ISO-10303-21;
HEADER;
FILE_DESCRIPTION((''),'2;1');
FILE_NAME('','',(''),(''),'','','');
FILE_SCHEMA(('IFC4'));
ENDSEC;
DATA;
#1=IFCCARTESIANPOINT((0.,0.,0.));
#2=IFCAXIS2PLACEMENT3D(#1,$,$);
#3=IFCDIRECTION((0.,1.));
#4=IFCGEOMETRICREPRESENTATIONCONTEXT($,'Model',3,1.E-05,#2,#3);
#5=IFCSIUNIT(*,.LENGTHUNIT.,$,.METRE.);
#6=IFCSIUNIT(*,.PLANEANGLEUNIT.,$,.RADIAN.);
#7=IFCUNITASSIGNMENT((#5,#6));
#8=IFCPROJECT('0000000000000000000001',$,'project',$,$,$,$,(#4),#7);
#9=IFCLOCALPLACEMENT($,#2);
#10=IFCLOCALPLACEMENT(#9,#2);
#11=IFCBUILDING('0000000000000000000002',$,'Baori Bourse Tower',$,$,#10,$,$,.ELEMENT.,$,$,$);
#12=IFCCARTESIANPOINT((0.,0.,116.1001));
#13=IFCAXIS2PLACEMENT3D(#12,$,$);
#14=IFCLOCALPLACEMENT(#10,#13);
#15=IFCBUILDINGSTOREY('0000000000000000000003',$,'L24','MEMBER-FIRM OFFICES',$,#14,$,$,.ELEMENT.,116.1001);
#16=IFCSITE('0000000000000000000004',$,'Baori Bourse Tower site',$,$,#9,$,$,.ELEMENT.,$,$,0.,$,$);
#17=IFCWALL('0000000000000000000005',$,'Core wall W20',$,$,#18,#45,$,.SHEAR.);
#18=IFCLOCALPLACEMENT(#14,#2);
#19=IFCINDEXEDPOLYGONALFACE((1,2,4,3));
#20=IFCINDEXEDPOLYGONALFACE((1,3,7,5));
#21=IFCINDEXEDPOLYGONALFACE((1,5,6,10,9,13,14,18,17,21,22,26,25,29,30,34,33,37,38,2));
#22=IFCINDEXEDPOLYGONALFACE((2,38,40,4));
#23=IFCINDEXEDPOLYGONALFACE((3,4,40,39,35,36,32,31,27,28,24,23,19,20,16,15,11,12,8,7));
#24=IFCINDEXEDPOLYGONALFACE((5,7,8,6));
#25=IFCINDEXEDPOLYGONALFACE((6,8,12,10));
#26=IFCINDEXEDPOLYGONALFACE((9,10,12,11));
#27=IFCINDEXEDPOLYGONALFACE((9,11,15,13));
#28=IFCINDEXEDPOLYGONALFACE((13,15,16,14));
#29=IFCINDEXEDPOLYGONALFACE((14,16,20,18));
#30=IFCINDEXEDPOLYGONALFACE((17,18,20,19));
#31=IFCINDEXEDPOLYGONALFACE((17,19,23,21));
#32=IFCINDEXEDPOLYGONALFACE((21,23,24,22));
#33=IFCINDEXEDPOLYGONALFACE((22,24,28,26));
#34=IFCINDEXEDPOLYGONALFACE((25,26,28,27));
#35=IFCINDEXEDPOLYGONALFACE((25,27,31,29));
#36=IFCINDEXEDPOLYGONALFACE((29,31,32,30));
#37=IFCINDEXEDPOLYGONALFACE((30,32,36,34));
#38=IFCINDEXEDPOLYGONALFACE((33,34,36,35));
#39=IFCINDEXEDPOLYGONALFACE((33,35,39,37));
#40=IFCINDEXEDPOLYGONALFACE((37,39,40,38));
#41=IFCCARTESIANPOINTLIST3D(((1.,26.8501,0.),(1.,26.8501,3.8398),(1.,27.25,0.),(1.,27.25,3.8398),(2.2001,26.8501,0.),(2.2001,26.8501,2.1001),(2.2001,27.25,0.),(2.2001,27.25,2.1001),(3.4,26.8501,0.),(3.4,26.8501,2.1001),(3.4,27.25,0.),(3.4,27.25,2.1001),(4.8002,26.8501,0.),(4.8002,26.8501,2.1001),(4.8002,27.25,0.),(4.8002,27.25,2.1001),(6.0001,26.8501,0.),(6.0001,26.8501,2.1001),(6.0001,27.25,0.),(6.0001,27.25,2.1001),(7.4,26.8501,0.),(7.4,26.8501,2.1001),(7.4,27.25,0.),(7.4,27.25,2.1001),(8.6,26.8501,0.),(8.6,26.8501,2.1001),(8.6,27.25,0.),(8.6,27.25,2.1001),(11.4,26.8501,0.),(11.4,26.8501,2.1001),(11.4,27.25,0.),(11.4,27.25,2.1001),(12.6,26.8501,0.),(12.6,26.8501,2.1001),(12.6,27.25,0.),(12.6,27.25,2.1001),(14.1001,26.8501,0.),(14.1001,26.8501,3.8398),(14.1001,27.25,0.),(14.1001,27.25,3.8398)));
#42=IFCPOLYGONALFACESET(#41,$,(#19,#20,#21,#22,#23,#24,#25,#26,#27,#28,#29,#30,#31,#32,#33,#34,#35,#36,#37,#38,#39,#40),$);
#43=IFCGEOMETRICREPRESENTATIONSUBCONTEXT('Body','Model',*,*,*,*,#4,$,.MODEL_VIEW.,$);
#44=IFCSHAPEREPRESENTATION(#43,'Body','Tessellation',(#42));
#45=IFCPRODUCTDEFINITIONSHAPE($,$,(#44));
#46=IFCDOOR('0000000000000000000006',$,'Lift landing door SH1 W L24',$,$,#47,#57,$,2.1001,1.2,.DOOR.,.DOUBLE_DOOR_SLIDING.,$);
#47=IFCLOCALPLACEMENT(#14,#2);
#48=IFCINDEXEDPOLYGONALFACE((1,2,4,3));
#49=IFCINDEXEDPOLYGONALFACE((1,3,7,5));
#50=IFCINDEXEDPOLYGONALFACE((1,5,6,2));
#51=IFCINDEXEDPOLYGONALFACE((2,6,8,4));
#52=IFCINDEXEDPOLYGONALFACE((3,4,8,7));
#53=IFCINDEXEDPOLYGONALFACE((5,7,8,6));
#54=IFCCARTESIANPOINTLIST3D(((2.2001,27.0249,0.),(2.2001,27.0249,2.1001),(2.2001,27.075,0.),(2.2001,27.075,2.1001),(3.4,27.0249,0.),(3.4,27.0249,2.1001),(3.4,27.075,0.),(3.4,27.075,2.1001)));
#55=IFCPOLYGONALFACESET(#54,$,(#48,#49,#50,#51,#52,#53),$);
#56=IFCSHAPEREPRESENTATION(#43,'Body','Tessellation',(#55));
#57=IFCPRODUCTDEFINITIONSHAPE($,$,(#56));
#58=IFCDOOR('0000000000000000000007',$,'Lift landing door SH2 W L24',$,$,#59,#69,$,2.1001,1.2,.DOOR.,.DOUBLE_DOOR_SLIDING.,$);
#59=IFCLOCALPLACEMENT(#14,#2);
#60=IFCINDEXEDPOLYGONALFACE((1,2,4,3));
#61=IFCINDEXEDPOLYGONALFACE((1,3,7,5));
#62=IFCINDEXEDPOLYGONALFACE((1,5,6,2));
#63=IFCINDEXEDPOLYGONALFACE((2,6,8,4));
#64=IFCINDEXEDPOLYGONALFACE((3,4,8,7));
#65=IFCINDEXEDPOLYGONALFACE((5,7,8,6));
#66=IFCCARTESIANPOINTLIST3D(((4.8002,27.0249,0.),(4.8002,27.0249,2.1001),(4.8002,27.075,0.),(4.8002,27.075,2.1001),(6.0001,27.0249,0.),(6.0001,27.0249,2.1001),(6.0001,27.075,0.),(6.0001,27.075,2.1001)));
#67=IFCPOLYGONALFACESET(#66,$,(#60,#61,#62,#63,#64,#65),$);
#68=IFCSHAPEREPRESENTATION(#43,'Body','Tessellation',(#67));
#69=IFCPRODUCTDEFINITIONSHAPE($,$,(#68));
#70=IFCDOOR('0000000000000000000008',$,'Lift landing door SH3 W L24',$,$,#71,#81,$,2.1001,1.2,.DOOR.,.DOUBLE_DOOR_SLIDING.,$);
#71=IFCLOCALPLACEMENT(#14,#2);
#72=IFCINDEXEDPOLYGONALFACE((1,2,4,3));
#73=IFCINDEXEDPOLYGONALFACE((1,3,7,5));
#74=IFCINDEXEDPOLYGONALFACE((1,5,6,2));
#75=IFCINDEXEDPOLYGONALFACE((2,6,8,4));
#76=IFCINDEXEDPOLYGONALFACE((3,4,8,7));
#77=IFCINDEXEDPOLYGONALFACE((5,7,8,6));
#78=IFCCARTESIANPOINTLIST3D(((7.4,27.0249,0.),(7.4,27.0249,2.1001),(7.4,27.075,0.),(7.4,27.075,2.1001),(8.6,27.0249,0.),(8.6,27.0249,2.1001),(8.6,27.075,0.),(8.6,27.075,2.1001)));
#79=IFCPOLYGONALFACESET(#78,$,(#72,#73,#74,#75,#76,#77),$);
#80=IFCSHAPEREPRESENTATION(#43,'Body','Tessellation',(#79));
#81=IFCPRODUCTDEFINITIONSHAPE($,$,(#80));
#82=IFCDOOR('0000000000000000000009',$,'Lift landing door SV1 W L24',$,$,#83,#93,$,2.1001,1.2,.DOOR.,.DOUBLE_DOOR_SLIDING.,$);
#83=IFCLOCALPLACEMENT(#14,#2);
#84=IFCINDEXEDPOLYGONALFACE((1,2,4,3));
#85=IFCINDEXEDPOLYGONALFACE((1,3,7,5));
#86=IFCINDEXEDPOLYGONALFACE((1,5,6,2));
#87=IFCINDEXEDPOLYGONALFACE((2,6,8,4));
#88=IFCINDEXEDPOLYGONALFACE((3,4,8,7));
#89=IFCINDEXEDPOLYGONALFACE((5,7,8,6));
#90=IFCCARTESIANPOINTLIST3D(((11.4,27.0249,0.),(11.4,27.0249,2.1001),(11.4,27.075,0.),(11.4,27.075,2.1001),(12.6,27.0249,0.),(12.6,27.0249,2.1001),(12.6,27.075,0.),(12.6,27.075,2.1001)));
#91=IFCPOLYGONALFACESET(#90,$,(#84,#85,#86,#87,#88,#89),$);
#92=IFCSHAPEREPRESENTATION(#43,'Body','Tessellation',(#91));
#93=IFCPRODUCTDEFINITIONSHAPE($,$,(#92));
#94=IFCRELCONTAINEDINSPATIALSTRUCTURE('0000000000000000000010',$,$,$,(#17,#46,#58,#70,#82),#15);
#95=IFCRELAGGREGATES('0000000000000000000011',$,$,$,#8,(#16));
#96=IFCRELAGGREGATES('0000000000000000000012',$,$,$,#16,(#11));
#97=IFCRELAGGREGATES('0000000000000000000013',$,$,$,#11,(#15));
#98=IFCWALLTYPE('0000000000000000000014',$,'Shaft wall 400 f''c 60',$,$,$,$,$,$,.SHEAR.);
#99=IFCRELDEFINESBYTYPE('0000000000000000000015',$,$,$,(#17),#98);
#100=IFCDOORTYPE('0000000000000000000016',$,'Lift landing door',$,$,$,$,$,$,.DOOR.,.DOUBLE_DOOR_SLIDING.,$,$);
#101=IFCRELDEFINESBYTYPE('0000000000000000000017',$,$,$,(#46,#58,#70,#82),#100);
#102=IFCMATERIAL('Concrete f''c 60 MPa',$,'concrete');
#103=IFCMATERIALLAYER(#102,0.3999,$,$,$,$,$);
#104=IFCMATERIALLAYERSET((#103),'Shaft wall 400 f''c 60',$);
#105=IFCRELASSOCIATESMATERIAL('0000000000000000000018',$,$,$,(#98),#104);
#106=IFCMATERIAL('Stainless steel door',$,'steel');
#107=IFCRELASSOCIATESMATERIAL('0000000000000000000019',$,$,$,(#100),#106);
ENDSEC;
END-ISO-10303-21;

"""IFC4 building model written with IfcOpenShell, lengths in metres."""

from ifc_helpers import new_model, si_unit, direction, frame, frame_2d, origin, place, context, subcontext, project, spatial, rectangle, extrude, material, layer, layer_set, type_object, element, fill, save


model = new_model("IFC4")

# Units and contexts
model_context = context("Model", 3, precision=1e-05, world=origin(), true_north=direction((0.0, 1.0)))
body_context = subcontext(model_context, "Body", "Model", "MODEL_VIEW")
ifc_project = project(units=[si_unit("LENGTHUNIT", "METRE"), si_unit("PLANEANGLEUNIT", "RADIAN")], contexts=[model_context])

# Site, building, storey
site_placement = place(None, origin())
site = spatial("IfcSite", under=ifc_project, at=site_placement, Name="Baori Bourse Tower site", CompositionType="ELEMENT", RefElevation=0.0)
building_placement = place(site_placement, origin())
building = spatial("IfcBuilding", under=site, at=building_placement, Name="Baori Bourse Tower", CompositionType="ELEMENT")
storey_placement = place(building_placement, frame((0.0, 0.0, 116.1001)))
storey = spatial("IfcBuildingStorey", under=building, at=storey_placement, Name="L24", Description="MEMBER-FIRM OFFICES", CompositionType="ELEMENT", Elevation=116.1001)

# Wall, openings, doors
ifc_material_1 = material(Name="Concrete f'c 60 MPa", Category="concrete")
ifc_layer_1 = layer(ifc_material_1, 0.3999)
ifc_layer_set_1 = layer_set([ifc_layer_1], Name="Shaft wall 400 f'c 60")
wall_type_1 = type_object("IfcWallType", Name="Shaft wall 400 f'c 60", PredefinedType="SHEAR", material=ifc_layer_set_1)
wall_1_placement = place(storey_placement, frame((1.0, 27.05, 0.0), z_axis=(0.0, 0.0, 1.0), x_axis=(1.0, 0.0, 0.0)))
wall_1 = element("IfcWall", 1, at=wall_1_placement, inside=storey, type_object=wall_type_1, Name="Core wall W20", PredefinedType="SHEAR", context=body_context, shape_type="SweptSolid", body=[
    extrude(rectangle(XDim=13.1001, YDim=0.3999, at=frame_2d((6.55, 0.0))), origin(), (0.0, 0.0, 1.0), 3.8398),
])
opening_1_placement = place(wall_1_placement, frame((1.2, 0.0, 0.0)))
opening_1 = element("IfcOpeningElement", 2, at=opening_1_placement, cuts=wall_1, PredefinedType="OPENING", context=body_context, shape_type="SweptSolid", body=[
    extrude(rectangle(XDim=1.2, YDim=2.1001, at=frame_2d((0.6001, 1.05))), frame((0.0, 0.21, 0.0), z_axis=(0.0, -1.0, 0.0), x_axis=(1.0, 0.0, 0.0)), (0.0, 0.0, 1.0), 0.4199),
])
opening_2_placement = place(wall_1_placement, frame((3.8, 0.0, 0.0)))
opening_2 = element("IfcOpeningElement", 3, at=opening_2_placement, cuts=wall_1, PredefinedType="OPENING", context=body_context, shape_type="SweptSolid", body=[
    extrude(rectangle(XDim=1.2, YDim=2.1001, at=frame_2d((0.6001, 1.05))), frame((0.0, 0.21, 0.0), z_axis=(0.0, -1.0, 0.0), x_axis=(1.0, 0.0, 0.0)), (0.0, 0.0, 1.0), 0.4199),
])
opening_3_placement = place(wall_1_placement, frame((6.3999, 0.0, 0.0)))
opening_3 = element("IfcOpeningElement", 4, at=opening_3_placement, cuts=wall_1, PredefinedType="OPENING", context=body_context, shape_type="SweptSolid", body=[
    extrude(rectangle(XDim=1.2, YDim=2.1001, at=frame_2d((0.6001, 1.05))), frame((0.0, 0.21, 0.0), z_axis=(0.0, -1.0, 0.0), x_axis=(1.0, 0.0, 0.0)), (0.0, 0.0, 1.0), 0.4199),
])
opening_4_placement = place(wall_1_placement, frame((10.3999, 0.0, 0.0)))
opening_4 = element("IfcOpeningElement", 5, at=opening_4_placement, cuts=wall_1, PredefinedType="OPENING", context=body_context, shape_type="SweptSolid", body=[
    extrude(rectangle(XDim=1.2, YDim=2.1001, at=frame_2d((0.6001, 1.05))), frame((0.0, 0.21, 0.0), z_axis=(0.0, -1.0, 0.0), x_axis=(1.0, 0.0, 0.0)), (0.0, 0.0, 1.0), 0.4199),
])
ifc_material_2 = material(Name="Stainless steel door", Category="steel")
door_type_1 = type_object("IfcDoorType", Name="Lift landing door", OperationType="DOUBLE_DOOR_SLIDING", PredefinedType="DOOR", material=ifc_material_2)
door_1_placement = place(opening_1_placement, origin())
door_1 = element("IfcDoor", 6, at=door_1_placement, inside=storey, type_object=door_type_1, Name="Lift landing door SH1 W L24", OperationType="DOUBLE_DOOR_SLIDING", OverallHeight=2.1001, OverallWidth=1.2, PredefinedType="DOOR", context=body_context, shape_type="SweptSolid", body=[
    extrude(rectangle(XDim=1.2, YDim=2.1001, at=frame_2d((0.6001, 1.05))), frame((0.0, 0.0249, 0.0), z_axis=(0.0, -1.0, 0.0), x_axis=(1.0, 0.0, 0.0)), (0.0, 0.0, 1.0), 0.05),
])
fill(opening_1, door_1)
door_2_placement = place(opening_2_placement, origin())
door_2 = element("IfcDoor", 7, at=door_2_placement, inside=storey, type_object=door_type_1, Name="Lift landing door SH2 W L24", OperationType="DOUBLE_DOOR_SLIDING", OverallHeight=2.1001, OverallWidth=1.2, PredefinedType="DOOR", context=body_context, shape_type="SweptSolid", body=[
    extrude(rectangle(XDim=1.2, YDim=2.1001, at=frame_2d((0.6001, 1.05))), frame((0.0, 0.0249, 0.0), z_axis=(0.0, -1.0, 0.0), x_axis=(1.0, 0.0, 0.0)), (0.0, 0.0, 1.0), 0.05),
])
fill(opening_2, door_2)
door_3_placement = place(opening_3_placement, origin())
door_3 = element("IfcDoor", 8, at=door_3_placement, inside=storey, type_object=door_type_1, Name="Lift landing door SH3 W L24", OperationType="DOUBLE_DOOR_SLIDING", OverallHeight=2.1001, OverallWidth=1.2, PredefinedType="DOOR", context=body_context, shape_type="SweptSolid", body=[
    extrude(rectangle(XDim=1.2, YDim=2.1001, at=frame_2d((0.6001, 1.05))), frame((0.0, 0.0249, 0.0), z_axis=(0.0, -1.0, 0.0), x_axis=(1.0, 0.0, 0.0)), (0.0, 0.0, 1.0), 0.05),
])
fill(opening_3, door_3)
door_4_placement = place(opening_4_placement, origin())
door_4 = element("IfcDoor", 9, at=door_4_placement, inside=storey, type_object=door_type_1, Name="Lift landing door SV1 W L24", OperationType="DOUBLE_DOOR_SLIDING", OverallHeight=2.1001, OverallWidth=1.2, PredefinedType="DOOR", context=body_context, shape_type="SweptSolid", body=[
    extrude(rectangle(XDim=1.2, YDim=2.1001, at=frame_2d((0.6001, 1.05))), frame((0.0, 0.0249, 0.0), z_axis=(0.0, -1.0, 0.0), x_axis=(1.0, 0.0, 0.0)), (0.0, 0.0, 1.0), 0.05),
])
fill(opening_4, door_4)

save(model, "model.ifc")
